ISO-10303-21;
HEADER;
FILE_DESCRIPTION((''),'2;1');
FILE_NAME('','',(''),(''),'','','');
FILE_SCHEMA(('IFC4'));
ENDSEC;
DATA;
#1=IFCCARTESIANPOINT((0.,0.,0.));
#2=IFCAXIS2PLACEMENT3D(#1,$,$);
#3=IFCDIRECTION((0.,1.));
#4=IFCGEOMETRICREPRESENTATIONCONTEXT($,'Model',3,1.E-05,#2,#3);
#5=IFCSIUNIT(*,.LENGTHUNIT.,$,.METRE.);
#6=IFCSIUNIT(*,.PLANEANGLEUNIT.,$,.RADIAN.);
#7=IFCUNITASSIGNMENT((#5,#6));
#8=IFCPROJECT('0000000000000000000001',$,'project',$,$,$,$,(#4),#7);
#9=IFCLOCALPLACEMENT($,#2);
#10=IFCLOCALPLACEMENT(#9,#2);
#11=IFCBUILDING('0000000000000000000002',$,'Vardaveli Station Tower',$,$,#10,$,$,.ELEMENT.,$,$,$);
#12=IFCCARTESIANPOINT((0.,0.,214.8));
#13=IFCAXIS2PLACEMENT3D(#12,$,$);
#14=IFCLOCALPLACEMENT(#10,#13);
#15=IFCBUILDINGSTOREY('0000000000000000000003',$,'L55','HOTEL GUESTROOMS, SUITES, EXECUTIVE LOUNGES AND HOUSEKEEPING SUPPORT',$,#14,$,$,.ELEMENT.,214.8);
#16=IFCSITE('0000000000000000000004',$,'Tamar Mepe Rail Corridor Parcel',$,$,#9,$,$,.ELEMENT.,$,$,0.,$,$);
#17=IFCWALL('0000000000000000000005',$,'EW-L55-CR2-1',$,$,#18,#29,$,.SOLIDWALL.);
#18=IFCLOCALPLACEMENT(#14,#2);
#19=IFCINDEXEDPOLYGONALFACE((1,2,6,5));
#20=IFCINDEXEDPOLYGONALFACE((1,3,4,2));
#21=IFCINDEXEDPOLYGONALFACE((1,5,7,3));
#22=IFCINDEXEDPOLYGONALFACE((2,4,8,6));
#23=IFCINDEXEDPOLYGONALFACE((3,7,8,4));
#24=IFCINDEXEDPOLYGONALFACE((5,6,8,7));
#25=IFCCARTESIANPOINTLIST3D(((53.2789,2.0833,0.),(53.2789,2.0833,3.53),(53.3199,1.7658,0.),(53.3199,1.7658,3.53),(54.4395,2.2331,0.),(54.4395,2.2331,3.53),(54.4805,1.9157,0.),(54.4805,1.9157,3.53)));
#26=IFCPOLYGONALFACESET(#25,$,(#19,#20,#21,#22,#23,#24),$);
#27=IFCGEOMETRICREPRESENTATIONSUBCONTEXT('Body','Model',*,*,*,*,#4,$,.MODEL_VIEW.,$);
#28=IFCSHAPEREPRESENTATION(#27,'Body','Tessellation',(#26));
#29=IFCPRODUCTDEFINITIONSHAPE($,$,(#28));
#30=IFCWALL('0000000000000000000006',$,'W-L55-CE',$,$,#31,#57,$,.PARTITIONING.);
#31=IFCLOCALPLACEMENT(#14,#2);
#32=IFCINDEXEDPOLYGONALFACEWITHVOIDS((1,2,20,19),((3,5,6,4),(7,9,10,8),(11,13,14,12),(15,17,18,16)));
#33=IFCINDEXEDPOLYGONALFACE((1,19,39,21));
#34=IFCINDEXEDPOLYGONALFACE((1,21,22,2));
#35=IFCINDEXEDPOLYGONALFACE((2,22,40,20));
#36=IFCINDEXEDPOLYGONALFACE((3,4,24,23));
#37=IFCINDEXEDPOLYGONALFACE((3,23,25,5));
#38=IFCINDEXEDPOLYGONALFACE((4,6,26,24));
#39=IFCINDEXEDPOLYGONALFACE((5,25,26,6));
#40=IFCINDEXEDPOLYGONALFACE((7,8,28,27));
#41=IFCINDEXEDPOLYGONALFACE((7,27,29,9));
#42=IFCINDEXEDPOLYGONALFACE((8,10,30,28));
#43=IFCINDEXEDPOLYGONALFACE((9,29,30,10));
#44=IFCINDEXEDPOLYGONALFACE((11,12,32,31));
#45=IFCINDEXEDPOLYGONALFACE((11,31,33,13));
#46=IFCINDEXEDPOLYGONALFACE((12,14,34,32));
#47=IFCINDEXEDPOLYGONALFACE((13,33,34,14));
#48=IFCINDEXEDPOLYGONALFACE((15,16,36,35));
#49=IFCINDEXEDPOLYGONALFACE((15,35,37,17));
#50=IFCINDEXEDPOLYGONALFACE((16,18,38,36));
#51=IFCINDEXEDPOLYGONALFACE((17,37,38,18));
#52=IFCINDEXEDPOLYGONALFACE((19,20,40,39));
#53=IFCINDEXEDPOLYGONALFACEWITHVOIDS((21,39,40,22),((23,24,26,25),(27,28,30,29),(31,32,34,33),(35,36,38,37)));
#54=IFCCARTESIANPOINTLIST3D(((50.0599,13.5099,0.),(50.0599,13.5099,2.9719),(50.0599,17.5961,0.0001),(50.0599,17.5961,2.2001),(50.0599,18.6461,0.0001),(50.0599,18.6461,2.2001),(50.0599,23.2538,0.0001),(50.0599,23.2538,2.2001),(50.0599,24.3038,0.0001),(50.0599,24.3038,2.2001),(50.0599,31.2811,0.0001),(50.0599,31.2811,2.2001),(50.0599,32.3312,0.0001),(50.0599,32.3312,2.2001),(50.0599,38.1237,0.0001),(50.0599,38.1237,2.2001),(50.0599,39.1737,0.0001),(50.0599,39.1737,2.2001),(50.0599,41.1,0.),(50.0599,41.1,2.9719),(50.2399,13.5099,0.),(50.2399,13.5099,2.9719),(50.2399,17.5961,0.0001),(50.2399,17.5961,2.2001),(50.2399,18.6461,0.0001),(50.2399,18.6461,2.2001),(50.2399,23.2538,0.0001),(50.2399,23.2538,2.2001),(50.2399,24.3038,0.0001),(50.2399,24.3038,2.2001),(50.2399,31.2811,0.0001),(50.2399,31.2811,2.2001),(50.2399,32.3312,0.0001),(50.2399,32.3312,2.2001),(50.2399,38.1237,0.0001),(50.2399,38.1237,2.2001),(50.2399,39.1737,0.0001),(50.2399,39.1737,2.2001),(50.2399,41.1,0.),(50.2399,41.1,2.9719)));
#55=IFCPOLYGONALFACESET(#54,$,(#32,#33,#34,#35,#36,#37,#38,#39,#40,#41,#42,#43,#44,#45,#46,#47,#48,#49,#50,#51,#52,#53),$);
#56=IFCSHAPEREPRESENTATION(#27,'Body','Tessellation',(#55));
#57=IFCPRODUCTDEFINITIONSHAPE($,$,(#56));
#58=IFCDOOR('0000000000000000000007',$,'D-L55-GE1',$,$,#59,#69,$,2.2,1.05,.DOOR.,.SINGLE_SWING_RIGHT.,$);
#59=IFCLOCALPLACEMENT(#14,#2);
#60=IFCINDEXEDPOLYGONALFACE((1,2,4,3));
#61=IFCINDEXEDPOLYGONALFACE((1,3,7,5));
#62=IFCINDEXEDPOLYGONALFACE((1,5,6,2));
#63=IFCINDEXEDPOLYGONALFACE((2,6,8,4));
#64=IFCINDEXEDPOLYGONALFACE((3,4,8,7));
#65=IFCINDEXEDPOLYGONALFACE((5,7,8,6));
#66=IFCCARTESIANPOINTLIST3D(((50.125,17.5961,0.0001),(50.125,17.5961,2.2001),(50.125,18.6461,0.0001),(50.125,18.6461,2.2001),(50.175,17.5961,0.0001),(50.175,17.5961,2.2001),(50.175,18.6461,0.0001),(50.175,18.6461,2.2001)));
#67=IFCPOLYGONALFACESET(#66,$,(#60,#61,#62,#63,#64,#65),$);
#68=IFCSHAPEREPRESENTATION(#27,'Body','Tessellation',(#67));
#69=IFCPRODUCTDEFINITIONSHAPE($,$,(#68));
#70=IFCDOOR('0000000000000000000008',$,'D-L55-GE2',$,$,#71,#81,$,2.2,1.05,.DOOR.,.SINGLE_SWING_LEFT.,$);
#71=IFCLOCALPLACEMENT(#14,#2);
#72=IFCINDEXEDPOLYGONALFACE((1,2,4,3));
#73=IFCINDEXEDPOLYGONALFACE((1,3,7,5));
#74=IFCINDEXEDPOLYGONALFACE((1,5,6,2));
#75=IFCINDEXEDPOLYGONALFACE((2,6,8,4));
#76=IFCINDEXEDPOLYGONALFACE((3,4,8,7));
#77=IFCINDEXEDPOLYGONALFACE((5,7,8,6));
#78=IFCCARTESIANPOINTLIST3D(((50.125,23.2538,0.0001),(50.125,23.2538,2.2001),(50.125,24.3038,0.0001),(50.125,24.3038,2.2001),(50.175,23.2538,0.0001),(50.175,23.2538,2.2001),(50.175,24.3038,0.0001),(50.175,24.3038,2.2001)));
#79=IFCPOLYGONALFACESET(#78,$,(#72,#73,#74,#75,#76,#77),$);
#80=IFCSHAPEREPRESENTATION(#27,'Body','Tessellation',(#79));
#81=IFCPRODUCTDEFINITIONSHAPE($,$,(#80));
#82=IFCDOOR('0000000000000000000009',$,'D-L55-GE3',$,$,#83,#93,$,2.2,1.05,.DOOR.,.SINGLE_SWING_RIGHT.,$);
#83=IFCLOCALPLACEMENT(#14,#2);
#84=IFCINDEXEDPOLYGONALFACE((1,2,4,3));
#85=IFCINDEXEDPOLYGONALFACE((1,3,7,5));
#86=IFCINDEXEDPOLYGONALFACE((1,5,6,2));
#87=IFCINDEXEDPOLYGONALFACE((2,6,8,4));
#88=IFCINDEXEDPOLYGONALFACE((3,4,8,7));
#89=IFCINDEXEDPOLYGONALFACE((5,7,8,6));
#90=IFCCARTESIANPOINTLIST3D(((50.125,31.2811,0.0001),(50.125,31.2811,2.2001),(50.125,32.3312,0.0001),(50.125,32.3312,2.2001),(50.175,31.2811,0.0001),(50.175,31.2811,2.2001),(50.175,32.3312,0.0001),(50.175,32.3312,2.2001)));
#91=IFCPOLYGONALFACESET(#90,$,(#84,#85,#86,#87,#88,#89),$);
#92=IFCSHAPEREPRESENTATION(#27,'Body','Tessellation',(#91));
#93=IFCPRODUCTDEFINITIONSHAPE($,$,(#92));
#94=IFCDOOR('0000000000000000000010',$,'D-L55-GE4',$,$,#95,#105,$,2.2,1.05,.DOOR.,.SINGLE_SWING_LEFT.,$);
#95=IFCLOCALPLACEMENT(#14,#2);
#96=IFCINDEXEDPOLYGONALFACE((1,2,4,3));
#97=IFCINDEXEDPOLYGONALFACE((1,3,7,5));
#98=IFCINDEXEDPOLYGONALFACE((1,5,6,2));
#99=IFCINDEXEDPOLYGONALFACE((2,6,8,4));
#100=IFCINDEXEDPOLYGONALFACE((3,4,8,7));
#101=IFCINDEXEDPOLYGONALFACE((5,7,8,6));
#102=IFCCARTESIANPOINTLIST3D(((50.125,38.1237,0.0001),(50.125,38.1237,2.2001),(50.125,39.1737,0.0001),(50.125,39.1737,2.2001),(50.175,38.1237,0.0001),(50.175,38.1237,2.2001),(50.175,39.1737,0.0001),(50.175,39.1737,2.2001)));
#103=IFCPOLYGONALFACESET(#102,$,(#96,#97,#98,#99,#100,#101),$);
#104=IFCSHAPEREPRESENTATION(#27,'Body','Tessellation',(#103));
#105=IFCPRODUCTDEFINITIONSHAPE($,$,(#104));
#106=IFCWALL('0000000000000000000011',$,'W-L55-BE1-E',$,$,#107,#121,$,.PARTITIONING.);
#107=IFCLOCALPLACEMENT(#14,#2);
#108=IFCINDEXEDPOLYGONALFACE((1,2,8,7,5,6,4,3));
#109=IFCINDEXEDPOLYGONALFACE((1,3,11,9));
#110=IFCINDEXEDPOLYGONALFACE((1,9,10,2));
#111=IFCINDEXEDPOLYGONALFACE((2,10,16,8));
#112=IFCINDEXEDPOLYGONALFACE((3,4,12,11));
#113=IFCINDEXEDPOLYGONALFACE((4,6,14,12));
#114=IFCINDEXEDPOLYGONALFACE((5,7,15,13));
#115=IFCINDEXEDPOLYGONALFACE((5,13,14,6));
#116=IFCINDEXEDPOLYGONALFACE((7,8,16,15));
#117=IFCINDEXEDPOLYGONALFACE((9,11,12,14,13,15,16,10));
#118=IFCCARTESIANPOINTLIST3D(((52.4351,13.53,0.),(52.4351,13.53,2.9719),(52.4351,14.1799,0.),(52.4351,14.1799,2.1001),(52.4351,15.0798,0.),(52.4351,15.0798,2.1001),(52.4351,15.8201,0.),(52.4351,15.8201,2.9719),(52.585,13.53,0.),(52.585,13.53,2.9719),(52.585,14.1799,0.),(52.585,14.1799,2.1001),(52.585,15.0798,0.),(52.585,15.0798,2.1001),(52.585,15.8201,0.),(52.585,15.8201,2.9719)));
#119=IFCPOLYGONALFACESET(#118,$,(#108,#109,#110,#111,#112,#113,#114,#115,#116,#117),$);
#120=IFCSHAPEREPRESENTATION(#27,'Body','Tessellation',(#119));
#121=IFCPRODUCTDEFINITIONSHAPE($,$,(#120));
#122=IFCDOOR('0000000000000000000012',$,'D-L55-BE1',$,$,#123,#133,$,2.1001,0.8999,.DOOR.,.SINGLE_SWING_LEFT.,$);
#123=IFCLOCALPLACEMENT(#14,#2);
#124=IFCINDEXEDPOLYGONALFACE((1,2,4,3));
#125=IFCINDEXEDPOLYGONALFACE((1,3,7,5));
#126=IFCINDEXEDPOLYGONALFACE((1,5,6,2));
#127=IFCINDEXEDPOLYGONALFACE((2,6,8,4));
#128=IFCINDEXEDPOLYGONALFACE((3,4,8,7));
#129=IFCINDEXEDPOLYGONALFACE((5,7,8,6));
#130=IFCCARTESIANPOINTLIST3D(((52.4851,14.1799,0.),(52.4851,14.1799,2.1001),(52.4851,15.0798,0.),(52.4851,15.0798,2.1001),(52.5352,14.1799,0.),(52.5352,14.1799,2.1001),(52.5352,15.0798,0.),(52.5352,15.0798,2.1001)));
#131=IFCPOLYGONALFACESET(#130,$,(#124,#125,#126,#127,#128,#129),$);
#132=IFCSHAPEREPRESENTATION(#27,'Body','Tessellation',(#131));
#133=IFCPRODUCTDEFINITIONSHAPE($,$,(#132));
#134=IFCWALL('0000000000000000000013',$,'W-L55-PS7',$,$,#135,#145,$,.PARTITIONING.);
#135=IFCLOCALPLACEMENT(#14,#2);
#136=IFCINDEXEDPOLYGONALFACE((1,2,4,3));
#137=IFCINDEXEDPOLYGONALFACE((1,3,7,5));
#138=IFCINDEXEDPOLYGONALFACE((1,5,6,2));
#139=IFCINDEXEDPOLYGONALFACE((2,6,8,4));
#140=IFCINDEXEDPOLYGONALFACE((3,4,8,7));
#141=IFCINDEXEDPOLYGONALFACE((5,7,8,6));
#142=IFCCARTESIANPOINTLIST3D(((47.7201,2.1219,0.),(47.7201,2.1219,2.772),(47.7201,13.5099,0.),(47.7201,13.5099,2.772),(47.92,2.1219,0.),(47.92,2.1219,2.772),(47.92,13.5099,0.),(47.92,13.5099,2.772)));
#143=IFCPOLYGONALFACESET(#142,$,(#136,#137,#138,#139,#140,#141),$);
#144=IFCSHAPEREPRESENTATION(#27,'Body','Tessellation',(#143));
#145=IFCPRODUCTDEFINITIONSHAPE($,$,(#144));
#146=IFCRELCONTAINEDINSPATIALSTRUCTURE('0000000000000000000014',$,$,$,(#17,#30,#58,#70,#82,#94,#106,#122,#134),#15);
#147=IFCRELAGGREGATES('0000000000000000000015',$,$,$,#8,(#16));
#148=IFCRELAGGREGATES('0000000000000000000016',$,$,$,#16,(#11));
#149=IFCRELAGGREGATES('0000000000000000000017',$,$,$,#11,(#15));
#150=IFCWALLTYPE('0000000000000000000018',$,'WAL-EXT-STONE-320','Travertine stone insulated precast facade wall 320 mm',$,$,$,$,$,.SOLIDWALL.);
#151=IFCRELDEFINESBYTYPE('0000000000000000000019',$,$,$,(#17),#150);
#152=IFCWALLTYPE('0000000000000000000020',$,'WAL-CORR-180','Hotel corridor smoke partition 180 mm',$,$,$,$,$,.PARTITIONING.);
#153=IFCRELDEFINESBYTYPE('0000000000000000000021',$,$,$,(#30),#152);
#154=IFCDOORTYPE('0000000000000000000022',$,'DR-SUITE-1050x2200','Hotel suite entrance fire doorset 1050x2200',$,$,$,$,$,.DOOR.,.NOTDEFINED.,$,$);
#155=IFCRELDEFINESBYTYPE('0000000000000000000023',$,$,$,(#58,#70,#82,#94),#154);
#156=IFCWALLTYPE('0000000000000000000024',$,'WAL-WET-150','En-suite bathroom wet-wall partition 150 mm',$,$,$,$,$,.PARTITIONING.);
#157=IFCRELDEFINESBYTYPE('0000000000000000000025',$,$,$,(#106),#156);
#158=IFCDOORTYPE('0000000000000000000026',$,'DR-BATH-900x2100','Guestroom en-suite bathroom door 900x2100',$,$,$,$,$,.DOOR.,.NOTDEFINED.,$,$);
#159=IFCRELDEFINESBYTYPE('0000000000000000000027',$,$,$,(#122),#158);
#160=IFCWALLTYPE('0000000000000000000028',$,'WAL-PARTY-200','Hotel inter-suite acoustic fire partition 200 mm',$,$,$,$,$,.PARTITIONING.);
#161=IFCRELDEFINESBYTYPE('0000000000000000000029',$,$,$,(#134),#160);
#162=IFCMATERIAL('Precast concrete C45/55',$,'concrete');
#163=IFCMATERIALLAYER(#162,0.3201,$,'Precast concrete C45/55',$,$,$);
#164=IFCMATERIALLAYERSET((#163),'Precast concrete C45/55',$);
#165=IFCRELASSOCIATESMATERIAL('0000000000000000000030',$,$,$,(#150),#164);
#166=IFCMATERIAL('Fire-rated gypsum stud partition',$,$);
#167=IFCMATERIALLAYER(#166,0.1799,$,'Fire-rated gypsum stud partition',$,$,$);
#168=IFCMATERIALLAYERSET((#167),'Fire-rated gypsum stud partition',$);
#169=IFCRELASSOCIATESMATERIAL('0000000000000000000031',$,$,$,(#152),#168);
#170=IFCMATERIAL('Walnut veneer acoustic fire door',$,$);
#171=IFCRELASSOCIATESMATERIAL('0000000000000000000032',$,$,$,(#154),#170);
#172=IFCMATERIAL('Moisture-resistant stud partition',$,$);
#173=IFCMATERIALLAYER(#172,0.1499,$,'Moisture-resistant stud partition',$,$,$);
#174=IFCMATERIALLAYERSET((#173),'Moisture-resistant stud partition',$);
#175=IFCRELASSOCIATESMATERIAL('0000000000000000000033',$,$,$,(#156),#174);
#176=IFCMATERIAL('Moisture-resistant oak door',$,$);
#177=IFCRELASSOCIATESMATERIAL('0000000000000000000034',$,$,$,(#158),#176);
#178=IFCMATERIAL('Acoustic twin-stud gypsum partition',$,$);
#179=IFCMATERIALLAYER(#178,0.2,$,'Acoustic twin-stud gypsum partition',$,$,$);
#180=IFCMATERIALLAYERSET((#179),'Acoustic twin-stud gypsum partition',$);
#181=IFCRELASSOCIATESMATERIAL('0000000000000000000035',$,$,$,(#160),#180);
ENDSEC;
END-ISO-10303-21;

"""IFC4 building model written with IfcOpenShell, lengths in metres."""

from ifc_helpers import new_model, si_unit, direction, frame, frame_2d, origin, place, context, subcontext, project, spatial, rectangle, extrude, source, transform, mapped, material, layer, layer_set, type_object, element, fill, save


model = new_model("IFC4")

# Units and contexts
model_context = context("Model", 3, precision=1e-05, world=origin(), true_north=direction((0.0, 1.0)))
body_context = subcontext(model_context, "Body", "Model", "MODEL_VIEW")
ifc_project = project(units=[si_unit("LENGTHUNIT", "METRE"), si_unit("PLANEANGLEUNIT", "RADIAN")], contexts=[model_context])

# Site, building, storey
site_placement = place(None, origin())
site = spatial("IfcSite", under=ifc_project, at=site_placement, Name="Tamar Mepe Rail Corridor Parcel", CompositionType="ELEMENT", RefElevation=0.0)
building_placement = place(site_placement, origin())
building = spatial("IfcBuilding", under=site, at=building_placement, Name="Vardaveli Station Tower", CompositionType="ELEMENT")
storey_placement = place(building_placement, frame((0.0, 0.0, 214.8)))
storey = spatial("IfcBuildingStorey", under=building, at=storey_placement, Name="L55", Description="HOTEL GUESTROOMS, SUITES, EXECUTIVE LOUNGES AND HOUSEKEEPING SUPPORT", CompositionType="ELEMENT", Elevation=214.8)

# Shared definitions
ifc_material_1 = material(Name="Precast concrete C45/55", Category="concrete")

# Shared definitions
ifc_layer_1 = layer(ifc_material_1, 0.3201, Name="Precast concrete C45/55")
ifc_layer_set_1 = layer_set([ifc_layer_1], Name="Precast concrete C45/55")
wall_type_1 = type_object("IfcWallType", Name="WAL-EXT-STONE-320", Description="Travertine stone insulated precast facade wall 320 mm", PredefinedType="SOLIDWALL", material=ifc_layer_set_1)

# Wall
shared_shape_1 = source(origin(), body_context, "Body", "SweptSolid", [
    extrude(rectangle(XDim=1.1702, YDim=0.3201, at=frame_2d((0.585, 0.0))), origin(), (0.0, 0.0, 1.0), 3.53),
])
wall_1_placement = place(storey_placement, frame((53.2996, 1.9246, 0.0), z_axis=(0.0, 0.0, 1.0), x_axis=(0.991762, 0.12809, 0.0)))
element("IfcWall", 1, at=wall_1_placement, inside=storey, type_object=wall_type_1, Name="EW-L55-CR2-1", PredefinedType="SOLIDWALL", context=body_context, shape_type="MappedRepresentation", body=[
    mapped(shared_shape_1, transform((0.0, 0.0, 0.0), scale=1.0)),
])

# Wall, openings, doors
ifc_material_2 = material(Name="Fire-rated gypsum stud partition")
ifc_layer_2 = layer(ifc_material_2, 0.1799, Name="Fire-rated gypsum stud partition")
ifc_layer_set_2 = layer_set([ifc_layer_2], Name="Fire-rated gypsum stud partition")
wall_type_2 = type_object("IfcWallType", Name="WAL-CORR-180", Description="Hotel corridor smoke partition 180 mm", PredefinedType="PARTITIONING", material=ifc_layer_set_2)
shared_shape_2 = source(origin(), body_context, "Body", "SweptSolid", [
    extrude(rectangle(XDim=27.5901, YDim=0.1799, at=frame_2d((13.7949, 0.0))), origin(), (0.0, 0.0, 1.0), 2.9719),
])
wall_2_placement = place(storey_placement, frame((50.1499, 13.51, 0.0), z_axis=(0.0, 0.0, 1.0), x_axis=(0.0, 1.0, 0.0)))
wall_2 = element("IfcWall", 2, at=wall_2_placement, inside=storey, type_object=wall_type_2, Name="W-L55-CE", PredefinedType="PARTITIONING", context=body_context, shape_type="MappedRepresentation", body=[
    mapped(shared_shape_2, transform((0.0, 0.0, 0.0), scale=1.0)),
])
shared_shape_3 = source(origin(), body_context, "Body", "SweptSolid", [
    extrude(rectangle(XDim=1.05, YDim=2.2, at=frame_2d((0.5249, 1.1001))), frame((0.0, 0.1001, 0.0), z_axis=(0.0, -1.0, 0.0), x_axis=(1.0, 0.0, 0.0)), (0.0, 0.0, 1.0), 0.2),
])
opening_1_placement = place(wall_2_placement, frame((4.0862, 0.0, 0.0)))
opening_1 = element("IfcOpeningElement", 3, at=opening_1_placement, cuts=wall_2, PredefinedType="OPENING", context=body_context, shape_type="MappedRepresentation", body=[
    mapped(shared_shape_3, transform((0.0, 0.0, 0.0), scale=1.0)),
])
opening_2_placement = place(wall_2_placement, frame((9.7439, 0.0, 0.0)))
opening_2 = element("IfcOpeningElement", 4, at=opening_2_placement, cuts=wall_2, PredefinedType="OPENING", context=body_context, shape_type="MappedRepresentation", body=[
    mapped(shared_shape_3, transform((0.0, 0.0, 0.0), scale=1.0)),
])
opening_3_placement = place(wall_2_placement, frame((17.7712, 0.0, 0.0)))
opening_3 = element("IfcOpeningElement", 5, at=opening_3_placement, cuts=wall_2, PredefinedType="OPENING", context=body_context, shape_type="MappedRepresentation", body=[
    mapped(shared_shape_3, transform((0.0, 0.0, 0.0), scale=1.0)),
])
opening_4_placement = place(wall_2_placement, frame((24.6138, 0.0, 0.0)))
opening_4 = element("IfcOpeningElement", 6, at=opening_4_placement, cuts=wall_2, PredefinedType="OPENING", context=body_context, shape_type="MappedRepresentation", body=[
    mapped(shared_shape_3, transform((0.0, 0.0, 0.0), scale=1.0)),
])
ifc_material_3 = material(Name="Walnut veneer acoustic fire door")
door_type_1 = type_object("IfcDoorType", Name="DR-SUITE-1050x2200", Description="Hotel suite entrance fire doorset 1050x2200", OperationType="NOTDEFINED", PredefinedType="DOOR", material=ifc_material_3)
shared_shape_4 = source(origin(), body_context, "Body", "SweptSolid", [
    extrude(rectangle(XDim=1.05, YDim=2.2, at=frame_2d((0.5249, 1.1001))), frame((0.0, 0.0249, 0.0), z_axis=(0.0, -1.0, 0.0), x_axis=(1.0, 0.0, 0.0)), (0.0, 0.0, 1.0), 0.05),
])
door_1_placement = place(opening_1_placement, origin())
door_1 = element("IfcDoor", 7, at=door_1_placement, inside=storey, type_object=door_type_1, Name="D-L55-GE1", OperationType="SINGLE_SWING_RIGHT", OverallHeight=2.2, OverallWidth=1.05, PredefinedType="DOOR", context=body_context, shape_type="MappedRepresentation", body=[
    mapped(shared_shape_4, transform((0.0, 0.0, 0.0), scale=1.0)),
])
fill(opening_1, door_1)
door_2_placement = place(opening_2_placement, origin())
door_2 = element("IfcDoor", 8, at=door_2_placement, inside=storey, type_object=door_type_1, Name="D-L55-GE2", OperationType="SINGLE_SWING_LEFT", OverallHeight=2.2, OverallWidth=1.05, PredefinedType="DOOR", context=body_context, shape_type="MappedRepresentation", body=[
    mapped(shared_shape_4, transform((0.0, 0.0, 0.0), scale=1.0)),
])
fill(opening_2, door_2)
door_3_placement = place(opening_3_placement, origin())
door_3 = element("IfcDoor", 9, at=door_3_placement, inside=storey, type_object=door_type_1, Name="D-L55-GE3", OperationType="SINGLE_SWING_RIGHT", OverallHeight=2.2, OverallWidth=1.05, PredefinedType="DOOR", context=body_context, shape_type="MappedRepresentation", body=[
    mapped(shared_shape_4, transform((0.0, 0.0, 0.0), scale=1.0)),
])
fill(opening_3, door_3)
door_4_placement = place(opening_4_placement, origin())
door_4 = element("IfcDoor", 10, at=door_4_placement, inside=storey, type_object=door_type_1, Name="D-L55-GE4", OperationType="SINGLE_SWING_LEFT", OverallHeight=2.2, OverallWidth=1.05, PredefinedType="DOOR", context=body_context, shape_type="MappedRepresentation", body=[
    mapped(shared_shape_4, transform((0.0, 0.0, 0.0), scale=1.0)),
])
fill(opening_4, door_4)

# Wall, opening, door
ifc_material_4 = material(Name="Moisture-resistant stud partition")
ifc_layer_3 = layer(ifc_material_4, 0.1499, Name="Moisture-resistant stud partition")
ifc_layer_set_3 = layer_set([ifc_layer_3], Name="Moisture-resistant stud partition")
wall_type_3 = type_object("IfcWallType", Name="WAL-WET-150", Description="En-suite bathroom wet-wall partition 150 mm", PredefinedType="PARTITIONING", material=ifc_layer_set_3)
shared_shape_5 = source(origin(), body_context, "Body", "SweptSolid", [
    extrude(rectangle(XDim=2.29, YDim=0.1499, at=frame_2d((1.145, 0.0))), origin(), (0.0, 0.0, 1.0), 2.9719),
])
wall_3_placement = place(storey_placement, frame((52.51, 13.53, 0.0), z_axis=(0.0, 0.0, 1.0), x_axis=(0.0, 1.0, 0.0)))
wall_3 = element("IfcWall", 11, at=wall_3_placement, inside=storey, type_object=wall_type_3, Name="W-L55-BE1-E", PredefinedType="PARTITIONING", context=body_context, shape_type="MappedRepresentation", body=[
    mapped(shared_shape_5, transform((0.0, 0.0, 0.0), scale=1.0)),
])
shared_shape_6 = source(origin(), body_context, "Body", "SweptSolid", [
    extrude(rectangle(XDim=0.8999, YDim=2.1001, at=frame_2d((0.45, 1.05))), frame((0.0, 0.085, 0.0), z_axis=(0.0, -1.0, 0.0), x_axis=(1.0, 0.0, 0.0)), (0.0, 0.0, 1.0), 0.1699),
])
opening_5_placement = place(wall_3_placement, frame((0.6499, 0.0, 0.0)))
opening_5 = element("IfcOpeningElement", 12, at=opening_5_placement, cuts=wall_3, PredefinedType="OPENING", context=body_context, shape_type="MappedRepresentation", body=[
    mapped(shared_shape_6, transform((0.0, 0.0, 0.0), scale=1.0)),
])
ifc_material_5 = material(Name="Moisture-resistant oak door")
door_type_2 = type_object("IfcDoorType", Name="DR-BATH-900x2100", Description="Guestroom en-suite bathroom door 900x2100", OperationType="NOTDEFINED", PredefinedType="DOOR", material=ifc_material_5)
shared_shape_7 = source(origin(), body_context, "Body", "SweptSolid", [
    extrude(rectangle(XDim=0.8999, YDim=2.1001, at=frame_2d((0.45, 1.05))), frame((0.0, 0.0249, 0.0), z_axis=(0.0, -1.0, 0.0), x_axis=(1.0, 0.0, 0.0)), (0.0, 0.0, 1.0), 0.05),
])
door_5_placement = place(opening_5_placement, origin())
door_5 = element("IfcDoor", 13, at=door_5_placement, inside=storey, type_object=door_type_2, Name="D-L55-BE1", OperationType="SINGLE_SWING_LEFT", OverallHeight=2.1001, OverallWidth=0.8999, PredefinedType="DOOR", context=body_context, shape_type="MappedRepresentation", body=[
    mapped(shared_shape_7, transform((0.0, 0.0, 0.0), scale=1.0)),
])
fill(opening_5, door_5)

# Wall
ifc_material_6 = material(Name="Acoustic twin-stud gypsum partition")
ifc_layer_4 = layer(ifc_material_6, 0.2, Name="Acoustic twin-stud gypsum partition")
ifc_layer_set_4 = layer_set([ifc_layer_4], Name="Acoustic twin-stud gypsum partition")
wall_type_4 = type_object("IfcWallType", Name="WAL-PARTY-200", Description="Hotel inter-suite acoustic fire partition 200 mm", PredefinedType="PARTITIONING", material=ifc_layer_set_4)
shared_shape_8 = source(origin(), body_context, "Body", "SweptSolid", [
    extrude(rectangle(XDim=11.3879, YDim=0.2, at=frame_2d((5.6938, 0.0))), origin(), (0.0, 0.0, 1.0), 2.772),
])
wall_4_placement = place(storey_placement, frame((47.8201, 2.1221, 0.0), z_axis=(0.0, 0.0, 1.0), x_axis=(0.0, 1.0, 0.0)))
element("IfcWall", 14, at=wall_4_placement, inside=storey, type_object=wall_type_4, Name="W-L55-PS7", PredefinedType="PARTITIONING", context=body_context, shape_type="MappedRepresentation", body=[
    mapped(shared_shape_8, transform((0.0, 0.0, 0.0), scale=1.0)),
])

save(model, "model.ifc")
